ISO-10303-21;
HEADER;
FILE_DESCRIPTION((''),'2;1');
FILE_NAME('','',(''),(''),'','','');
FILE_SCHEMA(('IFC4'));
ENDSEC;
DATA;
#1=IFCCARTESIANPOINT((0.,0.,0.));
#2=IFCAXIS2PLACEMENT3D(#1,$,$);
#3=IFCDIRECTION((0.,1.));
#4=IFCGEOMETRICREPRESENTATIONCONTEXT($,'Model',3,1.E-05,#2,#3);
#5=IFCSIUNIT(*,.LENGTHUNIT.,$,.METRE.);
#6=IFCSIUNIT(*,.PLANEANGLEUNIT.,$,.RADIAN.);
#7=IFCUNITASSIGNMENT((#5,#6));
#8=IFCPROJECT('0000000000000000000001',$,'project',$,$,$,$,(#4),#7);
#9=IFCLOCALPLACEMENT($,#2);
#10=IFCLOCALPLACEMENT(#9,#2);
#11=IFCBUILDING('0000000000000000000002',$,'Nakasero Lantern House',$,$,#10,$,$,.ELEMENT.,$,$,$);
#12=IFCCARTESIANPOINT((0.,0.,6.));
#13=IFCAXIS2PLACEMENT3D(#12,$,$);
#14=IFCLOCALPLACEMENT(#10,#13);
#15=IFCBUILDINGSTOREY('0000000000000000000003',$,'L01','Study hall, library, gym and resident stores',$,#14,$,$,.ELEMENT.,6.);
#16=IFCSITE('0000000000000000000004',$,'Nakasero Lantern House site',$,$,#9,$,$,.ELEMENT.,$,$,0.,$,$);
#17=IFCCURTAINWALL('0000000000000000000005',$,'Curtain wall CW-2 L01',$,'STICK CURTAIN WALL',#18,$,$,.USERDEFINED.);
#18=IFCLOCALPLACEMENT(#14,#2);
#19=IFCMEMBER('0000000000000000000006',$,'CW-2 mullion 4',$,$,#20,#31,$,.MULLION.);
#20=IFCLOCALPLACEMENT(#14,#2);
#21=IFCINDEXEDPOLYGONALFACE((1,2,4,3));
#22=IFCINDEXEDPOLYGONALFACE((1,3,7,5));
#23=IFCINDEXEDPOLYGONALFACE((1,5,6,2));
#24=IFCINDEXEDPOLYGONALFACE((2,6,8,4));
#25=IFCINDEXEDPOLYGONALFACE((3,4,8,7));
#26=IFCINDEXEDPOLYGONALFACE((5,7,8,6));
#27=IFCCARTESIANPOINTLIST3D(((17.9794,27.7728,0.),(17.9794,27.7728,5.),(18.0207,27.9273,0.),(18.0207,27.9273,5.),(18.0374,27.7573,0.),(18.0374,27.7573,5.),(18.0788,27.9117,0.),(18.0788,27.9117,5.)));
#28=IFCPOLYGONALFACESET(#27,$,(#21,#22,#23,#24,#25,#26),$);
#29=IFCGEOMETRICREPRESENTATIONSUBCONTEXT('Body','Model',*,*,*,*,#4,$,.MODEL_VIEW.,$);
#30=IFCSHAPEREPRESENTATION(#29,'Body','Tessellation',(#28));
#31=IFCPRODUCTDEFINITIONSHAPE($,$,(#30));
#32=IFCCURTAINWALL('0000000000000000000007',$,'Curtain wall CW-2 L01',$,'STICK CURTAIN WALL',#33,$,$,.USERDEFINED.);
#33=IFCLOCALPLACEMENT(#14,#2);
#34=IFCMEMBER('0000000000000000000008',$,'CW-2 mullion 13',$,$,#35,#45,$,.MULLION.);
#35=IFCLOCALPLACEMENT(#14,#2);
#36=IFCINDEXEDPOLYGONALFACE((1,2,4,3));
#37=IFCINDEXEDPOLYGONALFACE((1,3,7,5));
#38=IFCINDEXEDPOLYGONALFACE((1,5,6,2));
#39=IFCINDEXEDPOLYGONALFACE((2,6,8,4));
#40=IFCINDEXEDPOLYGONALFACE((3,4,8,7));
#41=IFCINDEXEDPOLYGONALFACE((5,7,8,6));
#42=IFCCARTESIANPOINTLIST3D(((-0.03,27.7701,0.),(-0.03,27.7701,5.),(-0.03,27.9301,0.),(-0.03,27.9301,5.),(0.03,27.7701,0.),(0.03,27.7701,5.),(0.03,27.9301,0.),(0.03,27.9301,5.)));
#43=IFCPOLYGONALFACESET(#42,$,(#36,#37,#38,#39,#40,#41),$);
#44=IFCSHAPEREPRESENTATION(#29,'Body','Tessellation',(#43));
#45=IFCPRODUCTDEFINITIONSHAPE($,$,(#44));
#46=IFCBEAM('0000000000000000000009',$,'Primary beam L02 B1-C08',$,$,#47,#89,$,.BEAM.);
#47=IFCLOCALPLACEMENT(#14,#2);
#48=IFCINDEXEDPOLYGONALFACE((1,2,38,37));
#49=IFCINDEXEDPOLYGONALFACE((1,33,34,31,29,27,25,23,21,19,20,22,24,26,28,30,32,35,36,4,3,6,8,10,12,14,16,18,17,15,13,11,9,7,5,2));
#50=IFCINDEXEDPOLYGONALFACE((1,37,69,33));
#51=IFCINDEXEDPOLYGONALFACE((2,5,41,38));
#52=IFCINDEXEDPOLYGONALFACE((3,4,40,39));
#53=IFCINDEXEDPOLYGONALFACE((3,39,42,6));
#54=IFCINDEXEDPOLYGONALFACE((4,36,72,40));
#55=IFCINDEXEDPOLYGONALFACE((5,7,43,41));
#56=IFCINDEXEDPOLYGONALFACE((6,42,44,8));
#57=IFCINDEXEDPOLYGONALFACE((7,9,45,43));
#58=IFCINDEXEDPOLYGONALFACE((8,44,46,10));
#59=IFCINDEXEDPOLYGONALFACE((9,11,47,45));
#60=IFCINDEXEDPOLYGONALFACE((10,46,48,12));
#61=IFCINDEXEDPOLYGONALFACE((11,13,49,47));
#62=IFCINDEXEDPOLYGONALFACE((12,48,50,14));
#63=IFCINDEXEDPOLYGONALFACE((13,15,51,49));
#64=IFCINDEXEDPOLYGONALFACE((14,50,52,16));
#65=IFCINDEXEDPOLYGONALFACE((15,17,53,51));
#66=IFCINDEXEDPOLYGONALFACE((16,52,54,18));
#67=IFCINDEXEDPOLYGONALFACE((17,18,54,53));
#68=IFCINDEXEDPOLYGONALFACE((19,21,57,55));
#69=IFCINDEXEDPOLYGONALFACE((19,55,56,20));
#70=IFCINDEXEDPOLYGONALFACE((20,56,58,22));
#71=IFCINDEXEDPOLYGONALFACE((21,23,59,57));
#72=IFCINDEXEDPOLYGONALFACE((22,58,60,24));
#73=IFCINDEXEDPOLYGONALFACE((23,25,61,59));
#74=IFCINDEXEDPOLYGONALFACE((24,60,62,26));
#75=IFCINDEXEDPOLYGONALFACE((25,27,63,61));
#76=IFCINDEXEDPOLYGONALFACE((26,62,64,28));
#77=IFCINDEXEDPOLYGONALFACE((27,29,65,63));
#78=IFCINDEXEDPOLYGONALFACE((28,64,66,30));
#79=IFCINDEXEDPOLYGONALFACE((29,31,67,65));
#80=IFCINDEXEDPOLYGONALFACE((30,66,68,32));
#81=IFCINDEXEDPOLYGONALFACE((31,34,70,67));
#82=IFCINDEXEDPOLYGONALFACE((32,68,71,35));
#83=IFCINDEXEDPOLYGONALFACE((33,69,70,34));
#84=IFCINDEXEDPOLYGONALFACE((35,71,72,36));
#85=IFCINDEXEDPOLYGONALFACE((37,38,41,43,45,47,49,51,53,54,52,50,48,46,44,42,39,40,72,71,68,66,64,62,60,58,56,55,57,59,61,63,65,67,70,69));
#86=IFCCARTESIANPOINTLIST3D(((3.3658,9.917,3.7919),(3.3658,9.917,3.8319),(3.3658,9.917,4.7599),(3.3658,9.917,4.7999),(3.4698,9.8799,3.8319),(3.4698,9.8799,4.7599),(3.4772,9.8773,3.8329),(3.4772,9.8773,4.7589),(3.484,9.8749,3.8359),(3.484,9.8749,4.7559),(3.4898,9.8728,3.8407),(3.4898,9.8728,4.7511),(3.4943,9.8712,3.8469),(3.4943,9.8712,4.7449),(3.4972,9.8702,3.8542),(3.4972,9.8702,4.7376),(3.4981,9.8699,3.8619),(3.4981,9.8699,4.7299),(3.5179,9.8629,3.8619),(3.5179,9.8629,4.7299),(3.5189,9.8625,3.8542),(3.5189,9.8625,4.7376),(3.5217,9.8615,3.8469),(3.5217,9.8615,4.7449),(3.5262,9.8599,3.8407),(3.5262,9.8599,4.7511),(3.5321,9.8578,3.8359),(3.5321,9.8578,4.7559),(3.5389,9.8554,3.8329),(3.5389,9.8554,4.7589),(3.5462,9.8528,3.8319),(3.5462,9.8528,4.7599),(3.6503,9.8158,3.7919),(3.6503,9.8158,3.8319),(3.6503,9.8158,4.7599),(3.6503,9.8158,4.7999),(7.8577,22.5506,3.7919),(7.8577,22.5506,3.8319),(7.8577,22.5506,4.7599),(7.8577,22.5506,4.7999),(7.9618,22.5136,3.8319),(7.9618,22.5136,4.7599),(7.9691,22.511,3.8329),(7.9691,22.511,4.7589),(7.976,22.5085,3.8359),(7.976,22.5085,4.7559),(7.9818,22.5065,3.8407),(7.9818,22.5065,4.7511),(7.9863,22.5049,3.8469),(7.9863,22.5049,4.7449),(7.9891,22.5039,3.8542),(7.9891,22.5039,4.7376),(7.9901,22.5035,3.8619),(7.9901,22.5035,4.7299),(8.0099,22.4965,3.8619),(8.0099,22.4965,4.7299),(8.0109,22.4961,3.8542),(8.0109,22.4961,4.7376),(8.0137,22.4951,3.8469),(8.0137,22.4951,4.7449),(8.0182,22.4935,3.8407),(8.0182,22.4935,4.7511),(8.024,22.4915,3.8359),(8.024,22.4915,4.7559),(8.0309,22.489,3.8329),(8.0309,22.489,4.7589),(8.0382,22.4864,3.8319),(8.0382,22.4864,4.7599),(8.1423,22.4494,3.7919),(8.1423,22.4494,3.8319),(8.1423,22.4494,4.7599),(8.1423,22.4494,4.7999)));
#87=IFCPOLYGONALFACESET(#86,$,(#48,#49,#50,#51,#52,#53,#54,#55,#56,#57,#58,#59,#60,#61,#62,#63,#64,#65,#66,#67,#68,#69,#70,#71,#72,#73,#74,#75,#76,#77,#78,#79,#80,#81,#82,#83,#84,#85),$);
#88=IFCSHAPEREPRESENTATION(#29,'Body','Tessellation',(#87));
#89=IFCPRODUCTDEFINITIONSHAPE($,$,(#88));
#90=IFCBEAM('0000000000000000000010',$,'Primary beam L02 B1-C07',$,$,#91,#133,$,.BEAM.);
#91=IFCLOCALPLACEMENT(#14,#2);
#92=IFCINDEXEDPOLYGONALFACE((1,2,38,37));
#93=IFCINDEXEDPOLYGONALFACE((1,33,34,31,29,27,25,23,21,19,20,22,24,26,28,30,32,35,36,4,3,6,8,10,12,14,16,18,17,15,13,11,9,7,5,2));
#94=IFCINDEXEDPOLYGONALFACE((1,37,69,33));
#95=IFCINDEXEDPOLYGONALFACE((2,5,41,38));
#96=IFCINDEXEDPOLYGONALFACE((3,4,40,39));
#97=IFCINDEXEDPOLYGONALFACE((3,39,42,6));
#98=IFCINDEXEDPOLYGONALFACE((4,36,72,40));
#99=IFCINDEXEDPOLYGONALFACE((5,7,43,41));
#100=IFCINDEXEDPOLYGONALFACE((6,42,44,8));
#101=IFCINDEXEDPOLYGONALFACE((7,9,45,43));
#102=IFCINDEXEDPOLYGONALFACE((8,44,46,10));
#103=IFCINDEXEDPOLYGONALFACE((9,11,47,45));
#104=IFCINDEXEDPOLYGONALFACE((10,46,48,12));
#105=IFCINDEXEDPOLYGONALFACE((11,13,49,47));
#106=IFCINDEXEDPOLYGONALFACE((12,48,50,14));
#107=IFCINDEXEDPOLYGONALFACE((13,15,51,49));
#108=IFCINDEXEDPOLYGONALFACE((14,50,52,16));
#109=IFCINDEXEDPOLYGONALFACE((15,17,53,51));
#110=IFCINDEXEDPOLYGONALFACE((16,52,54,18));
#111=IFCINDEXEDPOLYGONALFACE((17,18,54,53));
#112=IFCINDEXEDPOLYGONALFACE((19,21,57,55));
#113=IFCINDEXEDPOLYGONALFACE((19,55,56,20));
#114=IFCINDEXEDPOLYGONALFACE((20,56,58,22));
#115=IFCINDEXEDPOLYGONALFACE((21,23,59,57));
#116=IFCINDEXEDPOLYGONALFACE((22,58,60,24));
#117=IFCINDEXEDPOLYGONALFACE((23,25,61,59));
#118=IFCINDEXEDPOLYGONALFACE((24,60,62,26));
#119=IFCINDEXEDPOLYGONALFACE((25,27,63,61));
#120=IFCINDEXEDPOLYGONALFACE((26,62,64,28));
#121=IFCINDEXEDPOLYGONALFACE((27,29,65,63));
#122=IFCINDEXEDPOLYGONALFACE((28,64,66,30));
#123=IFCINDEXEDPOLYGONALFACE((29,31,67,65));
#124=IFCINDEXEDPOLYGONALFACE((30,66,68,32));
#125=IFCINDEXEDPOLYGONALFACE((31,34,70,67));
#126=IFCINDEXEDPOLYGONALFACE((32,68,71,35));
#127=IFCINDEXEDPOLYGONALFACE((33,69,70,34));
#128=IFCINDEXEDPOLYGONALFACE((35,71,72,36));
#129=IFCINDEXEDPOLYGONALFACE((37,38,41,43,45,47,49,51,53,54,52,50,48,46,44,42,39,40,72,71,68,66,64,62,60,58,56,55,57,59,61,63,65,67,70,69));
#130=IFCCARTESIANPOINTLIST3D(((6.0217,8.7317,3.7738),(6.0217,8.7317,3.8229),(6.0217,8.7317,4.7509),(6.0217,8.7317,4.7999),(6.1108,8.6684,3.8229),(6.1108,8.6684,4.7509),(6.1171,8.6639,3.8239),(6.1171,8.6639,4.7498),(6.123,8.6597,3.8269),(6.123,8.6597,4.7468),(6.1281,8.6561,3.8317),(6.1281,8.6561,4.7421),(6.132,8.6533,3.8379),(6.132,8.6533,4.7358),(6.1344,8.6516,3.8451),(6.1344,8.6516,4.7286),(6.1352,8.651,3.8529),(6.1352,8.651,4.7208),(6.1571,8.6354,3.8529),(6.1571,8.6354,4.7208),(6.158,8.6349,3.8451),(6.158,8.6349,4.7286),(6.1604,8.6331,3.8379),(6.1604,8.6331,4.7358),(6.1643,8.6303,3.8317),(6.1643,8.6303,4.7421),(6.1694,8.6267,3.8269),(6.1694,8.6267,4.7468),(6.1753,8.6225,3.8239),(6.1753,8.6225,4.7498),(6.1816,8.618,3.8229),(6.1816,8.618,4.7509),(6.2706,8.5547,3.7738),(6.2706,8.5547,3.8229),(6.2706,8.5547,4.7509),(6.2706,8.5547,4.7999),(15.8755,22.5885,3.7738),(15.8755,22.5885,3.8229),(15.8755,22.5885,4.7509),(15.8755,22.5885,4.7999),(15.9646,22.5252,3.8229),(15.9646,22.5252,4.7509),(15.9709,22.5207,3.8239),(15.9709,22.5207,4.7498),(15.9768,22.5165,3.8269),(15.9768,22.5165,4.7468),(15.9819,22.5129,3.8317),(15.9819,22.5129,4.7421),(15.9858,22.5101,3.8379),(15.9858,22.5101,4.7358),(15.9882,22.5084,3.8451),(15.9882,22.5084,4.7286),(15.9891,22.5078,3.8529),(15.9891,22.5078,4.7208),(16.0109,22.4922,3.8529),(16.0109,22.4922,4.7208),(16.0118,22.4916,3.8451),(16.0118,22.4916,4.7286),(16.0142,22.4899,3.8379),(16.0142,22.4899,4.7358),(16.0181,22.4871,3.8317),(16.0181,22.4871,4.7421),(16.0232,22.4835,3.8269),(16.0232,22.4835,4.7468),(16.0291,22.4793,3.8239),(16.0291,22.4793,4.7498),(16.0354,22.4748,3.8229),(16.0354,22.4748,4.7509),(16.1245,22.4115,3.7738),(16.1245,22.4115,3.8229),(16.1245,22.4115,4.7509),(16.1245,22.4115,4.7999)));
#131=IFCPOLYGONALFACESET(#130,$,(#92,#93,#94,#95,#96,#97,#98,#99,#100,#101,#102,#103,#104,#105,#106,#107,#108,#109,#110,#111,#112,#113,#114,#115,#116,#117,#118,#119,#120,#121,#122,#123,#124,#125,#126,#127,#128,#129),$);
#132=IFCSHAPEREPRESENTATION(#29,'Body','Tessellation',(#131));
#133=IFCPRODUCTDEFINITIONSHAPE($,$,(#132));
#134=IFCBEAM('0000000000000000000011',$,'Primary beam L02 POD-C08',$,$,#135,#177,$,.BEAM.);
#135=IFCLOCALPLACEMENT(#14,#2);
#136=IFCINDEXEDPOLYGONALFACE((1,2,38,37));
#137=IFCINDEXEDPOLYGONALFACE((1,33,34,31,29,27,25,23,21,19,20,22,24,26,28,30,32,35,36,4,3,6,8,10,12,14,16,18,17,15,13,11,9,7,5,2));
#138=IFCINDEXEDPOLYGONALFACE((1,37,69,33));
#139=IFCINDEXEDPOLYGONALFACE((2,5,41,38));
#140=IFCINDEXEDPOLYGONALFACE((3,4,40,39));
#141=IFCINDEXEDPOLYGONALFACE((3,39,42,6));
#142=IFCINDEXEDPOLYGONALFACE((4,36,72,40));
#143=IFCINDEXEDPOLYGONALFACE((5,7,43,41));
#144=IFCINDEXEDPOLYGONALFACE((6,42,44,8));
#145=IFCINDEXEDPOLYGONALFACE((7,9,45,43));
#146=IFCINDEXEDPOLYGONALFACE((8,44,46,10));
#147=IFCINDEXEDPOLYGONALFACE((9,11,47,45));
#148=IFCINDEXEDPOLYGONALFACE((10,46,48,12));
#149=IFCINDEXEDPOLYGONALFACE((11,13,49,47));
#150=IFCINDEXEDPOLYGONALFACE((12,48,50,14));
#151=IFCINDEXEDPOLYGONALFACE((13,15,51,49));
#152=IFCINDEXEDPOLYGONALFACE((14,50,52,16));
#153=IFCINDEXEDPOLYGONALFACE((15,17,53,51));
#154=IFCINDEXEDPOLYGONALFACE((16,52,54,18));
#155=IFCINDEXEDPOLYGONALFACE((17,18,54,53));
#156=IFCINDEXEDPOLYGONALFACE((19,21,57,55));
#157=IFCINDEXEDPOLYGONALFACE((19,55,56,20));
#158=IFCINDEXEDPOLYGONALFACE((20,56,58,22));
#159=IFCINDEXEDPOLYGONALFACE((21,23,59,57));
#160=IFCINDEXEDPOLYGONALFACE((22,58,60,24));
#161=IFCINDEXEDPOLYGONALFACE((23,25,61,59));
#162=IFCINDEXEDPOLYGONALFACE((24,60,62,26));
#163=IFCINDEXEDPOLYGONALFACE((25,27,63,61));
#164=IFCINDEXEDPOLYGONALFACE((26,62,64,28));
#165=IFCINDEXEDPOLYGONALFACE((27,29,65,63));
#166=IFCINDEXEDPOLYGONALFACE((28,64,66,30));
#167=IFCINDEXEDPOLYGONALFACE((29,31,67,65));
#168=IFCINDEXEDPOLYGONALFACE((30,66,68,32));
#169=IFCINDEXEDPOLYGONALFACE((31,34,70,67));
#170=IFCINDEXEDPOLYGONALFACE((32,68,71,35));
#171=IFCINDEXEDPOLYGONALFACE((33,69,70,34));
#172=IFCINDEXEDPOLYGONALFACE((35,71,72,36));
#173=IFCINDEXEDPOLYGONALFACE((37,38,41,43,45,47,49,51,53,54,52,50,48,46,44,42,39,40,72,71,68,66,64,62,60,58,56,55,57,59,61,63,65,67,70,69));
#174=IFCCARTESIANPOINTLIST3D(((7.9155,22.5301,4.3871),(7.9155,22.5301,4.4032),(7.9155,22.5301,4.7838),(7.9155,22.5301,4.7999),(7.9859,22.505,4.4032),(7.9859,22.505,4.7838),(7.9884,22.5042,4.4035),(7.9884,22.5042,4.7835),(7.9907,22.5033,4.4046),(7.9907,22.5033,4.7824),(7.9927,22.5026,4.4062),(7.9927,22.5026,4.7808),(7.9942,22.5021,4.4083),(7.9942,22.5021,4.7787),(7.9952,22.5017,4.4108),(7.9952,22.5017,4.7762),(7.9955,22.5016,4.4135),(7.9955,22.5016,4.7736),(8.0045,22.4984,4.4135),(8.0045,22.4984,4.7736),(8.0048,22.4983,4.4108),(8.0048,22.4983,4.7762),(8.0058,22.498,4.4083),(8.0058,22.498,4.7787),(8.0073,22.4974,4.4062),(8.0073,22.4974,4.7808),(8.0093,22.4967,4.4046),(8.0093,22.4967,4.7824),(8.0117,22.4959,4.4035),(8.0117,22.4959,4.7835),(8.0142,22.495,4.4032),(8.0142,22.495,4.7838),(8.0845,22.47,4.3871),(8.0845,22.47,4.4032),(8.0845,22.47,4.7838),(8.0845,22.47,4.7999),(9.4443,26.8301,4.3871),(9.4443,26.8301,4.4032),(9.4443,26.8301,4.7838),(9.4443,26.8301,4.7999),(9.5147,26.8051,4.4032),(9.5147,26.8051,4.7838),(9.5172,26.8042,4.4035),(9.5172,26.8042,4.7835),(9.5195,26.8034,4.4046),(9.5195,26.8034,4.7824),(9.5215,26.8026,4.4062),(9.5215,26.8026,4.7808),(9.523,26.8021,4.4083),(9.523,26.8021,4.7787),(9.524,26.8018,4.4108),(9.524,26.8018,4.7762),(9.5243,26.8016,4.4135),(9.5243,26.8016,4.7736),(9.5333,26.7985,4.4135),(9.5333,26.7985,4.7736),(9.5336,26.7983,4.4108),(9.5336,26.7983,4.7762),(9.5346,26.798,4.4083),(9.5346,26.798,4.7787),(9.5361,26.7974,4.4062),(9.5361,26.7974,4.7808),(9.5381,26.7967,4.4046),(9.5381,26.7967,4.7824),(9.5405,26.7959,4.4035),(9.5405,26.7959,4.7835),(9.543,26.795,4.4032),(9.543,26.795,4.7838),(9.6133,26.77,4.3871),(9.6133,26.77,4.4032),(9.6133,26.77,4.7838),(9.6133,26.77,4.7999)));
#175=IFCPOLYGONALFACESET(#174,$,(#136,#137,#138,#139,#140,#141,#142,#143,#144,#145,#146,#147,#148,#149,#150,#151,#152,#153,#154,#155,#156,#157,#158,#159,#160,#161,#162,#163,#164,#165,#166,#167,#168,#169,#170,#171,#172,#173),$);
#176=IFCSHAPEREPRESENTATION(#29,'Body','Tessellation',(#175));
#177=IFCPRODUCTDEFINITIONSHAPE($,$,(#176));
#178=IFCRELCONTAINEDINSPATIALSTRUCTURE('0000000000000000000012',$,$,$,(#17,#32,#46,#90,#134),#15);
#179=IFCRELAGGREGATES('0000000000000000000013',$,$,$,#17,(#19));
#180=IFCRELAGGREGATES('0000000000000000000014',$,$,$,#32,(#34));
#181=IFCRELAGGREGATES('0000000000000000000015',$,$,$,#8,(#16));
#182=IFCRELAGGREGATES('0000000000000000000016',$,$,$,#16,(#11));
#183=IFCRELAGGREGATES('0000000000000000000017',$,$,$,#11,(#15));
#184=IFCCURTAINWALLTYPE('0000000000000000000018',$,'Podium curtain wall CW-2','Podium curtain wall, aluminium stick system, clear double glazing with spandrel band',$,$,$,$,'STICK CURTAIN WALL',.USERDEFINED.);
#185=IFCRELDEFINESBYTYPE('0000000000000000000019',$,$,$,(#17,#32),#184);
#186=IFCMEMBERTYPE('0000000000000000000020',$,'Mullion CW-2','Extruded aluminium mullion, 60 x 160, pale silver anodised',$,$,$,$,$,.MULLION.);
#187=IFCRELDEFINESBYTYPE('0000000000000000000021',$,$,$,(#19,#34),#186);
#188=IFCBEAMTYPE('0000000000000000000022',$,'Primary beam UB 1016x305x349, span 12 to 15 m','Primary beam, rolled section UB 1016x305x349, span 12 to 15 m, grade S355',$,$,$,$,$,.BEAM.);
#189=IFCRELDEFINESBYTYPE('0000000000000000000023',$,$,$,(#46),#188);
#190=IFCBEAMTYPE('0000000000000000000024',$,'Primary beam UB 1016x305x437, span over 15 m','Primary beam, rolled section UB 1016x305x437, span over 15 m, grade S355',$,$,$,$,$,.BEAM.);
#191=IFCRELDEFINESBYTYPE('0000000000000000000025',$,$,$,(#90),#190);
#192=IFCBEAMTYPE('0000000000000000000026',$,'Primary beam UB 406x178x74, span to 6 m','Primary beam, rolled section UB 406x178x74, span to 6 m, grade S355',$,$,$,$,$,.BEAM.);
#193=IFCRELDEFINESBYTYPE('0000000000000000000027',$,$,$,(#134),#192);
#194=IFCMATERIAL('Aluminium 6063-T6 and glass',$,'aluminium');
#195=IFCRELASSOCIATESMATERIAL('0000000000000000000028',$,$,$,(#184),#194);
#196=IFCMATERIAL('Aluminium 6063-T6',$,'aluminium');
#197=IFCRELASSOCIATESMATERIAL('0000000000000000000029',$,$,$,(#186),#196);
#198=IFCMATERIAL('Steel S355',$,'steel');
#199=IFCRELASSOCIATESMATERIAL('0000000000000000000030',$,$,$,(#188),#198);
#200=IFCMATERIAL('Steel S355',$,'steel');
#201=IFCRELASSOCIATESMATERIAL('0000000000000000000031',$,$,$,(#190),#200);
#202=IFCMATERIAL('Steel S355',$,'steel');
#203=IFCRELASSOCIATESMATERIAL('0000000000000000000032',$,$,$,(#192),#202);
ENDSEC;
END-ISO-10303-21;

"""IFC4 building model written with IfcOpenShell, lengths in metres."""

from ifc_helpers import new_model, si_unit, direction, frame, origin, origin_2d, place, context, subcontext, project, spatial, rectangle, i_section, extrude, material, material_profile, profile_set, type_object, element, aggregate, save


model = new_model("IFC4")

# Units and contexts
model_context = context("Model", 3, precision=1e-05, world=origin(), true_north=direction((0.0, 1.0)))
body_context = subcontext(model_context, "Body", "Model", "MODEL_VIEW")
ifc_project = project(units=[si_unit("LENGTHUNIT", "METRE"), si_unit("PLANEANGLEUNIT", "RADIAN")], contexts=[model_context])

# Site, building, storey
site_placement = place(None, origin())
site = spatial("IfcSite", under=ifc_project, at=site_placement, Name="Nakasero Lantern House site", CompositionType="ELEMENT", RefElevation=0.0)
building_placement = place(site_placement, origin())
building = spatial("IfcBuilding", under=site, at=building_placement, Name="Nakasero Lantern House", CompositionType="ELEMENT")
storey_placement = place(building_placement, frame((0.0, 0.0, 6.0)))
storey = spatial("IfcBuildingStorey", under=building, at=storey_placement, Name="L01", Description="Study hall, library, gym and resident stores", CompositionType="ELEMENT", Elevation=6.0)

# Curtain walls, members
ifc_material_1 = material(Name="Aluminium 6063-T6 and glass", Category="aluminium")
curtain_wall_type = type_object("IfcCurtainWallType", Name="Podium curtain wall CW-2", Description="Podium curtain wall, aluminium stick system, clear double glazing with spandrel band", ElementType="STICK CURTAIN WALL", PredefinedType="USERDEFINED", material=ifc_material_1)
curtain_wall_1_placement = place(storey_placement, origin())
curtain_wall_1 = element("IfcCurtainWall", 1, at=curtain_wall_1_placement, inside=storey, type_object=curtain_wall_type, Name="Curtain wall CW-2 L01", ObjectType="STICK CURTAIN WALL", PredefinedType="USERDEFINED")
ifc_material_2 = material(Name="Aluminium 6063-T6", Category="aluminium")
ifc_material_profile_1 = material_profile(ifc_material_2, rectangle(XDim=0.0601, YDim=0.1599, at=origin_2d()), Name="CW-2 mullion 60x160")
ifc_profile_set_1 = profile_set([ifc_material_profile_1], Name="Aluminium 6063-T6")
member_type_1 = type_object("IfcMemberType", Name="Mullion CW-2", Description="Extruded aluminium mullion, 60 x 160, pale silver anodised", PredefinedType="MULLION", material=ifc_profile_set_1)
member_1_placement = place(storey_placement, frame((18.0291, 27.8423, 0.0), z_axis=(0.0, 0.0, 1.0), x_axis=(-0.965926, 0.258819, 0.0)))
member_1 = element("IfcMember", 2, at=member_1_placement, type_object=member_type_1, Name="CW-2 mullion 4", PredefinedType="MULLION", context=body_context, shape_type="SweptSolid", body=[
    extrude(rectangle(XDim=0.0601, YDim=0.1599, at=origin_2d()), origin(), (0.0, 0.0, 1.0), 5.0),
])
curtain_wall_2_placement = place(storey_placement, origin())
curtain_wall_2 = element("IfcCurtainWall", 3, at=curtain_wall_2_placement, inside=storey, type_object=curtain_wall_type, Name="Curtain wall CW-2 L01", ObjectType="STICK CURTAIN WALL", PredefinedType="USERDEFINED")
member_2_placement = place(storey_placement, frame((0.0, 27.8501, 0.0), z_axis=(0.0, 0.0, 1.0), x_axis=(-1.0, 0.0, 0.0)))
member_2 = element("IfcMember", 4, at=member_2_placement, type_object=member_type_1, Name="CW-2 mullion 13", PredefinedType="MULLION", context=body_context, shape_type="SweptSolid", body=[
    extrude(rectangle(XDim=0.0601, YDim=0.1599, at=origin_2d()), origin(), (0.0, 0.0, 1.0), 5.0),
])

# Beams
ifc_material_3 = material(Name="Steel S355", Category="steel")
ifc_material_profile_2 = material_profile(ifc_material_3, i_section(OverallWidth=0.302, OverallDepth=1.0081, WebThickness=0.021, FlangeThickness=0.04, FilletRadius=0.03, at=origin_2d()), Name="UB 1016x305x349")
ifc_profile_set_2 = profile_set([ifc_material_profile_2], Name="Steel S355")
beam_type_1 = type_object("IfcBeamType", Name="Primary beam UB 1016x305x349, span 12 to 15 m", Description="Primary beam, rolled section UB 1016x305x349, span 12 to 15 m, grade S355", PredefinedType="BEAM", material=ifc_profile_set_2)
beam_1_placement = place(storey_placement, frame((8.0, 22.5, 4.2959), z_axis=(-0.335011, -0.942214, 0.0), x_axis=(0.942214, -0.335011, 0.0)))
element("IfcBeam", 5, at=beam_1_placement, inside=storey, type_object=beam_type_1, Name="Primary beam L02 B1-C08", PredefinedType="BEAM", context=body_context, shape_type="SweptSolid", body=[
    extrude(i_section(OverallWidth=0.302, OverallDepth=1.0081, WebThickness=0.021, FlangeThickness=0.04, FilletRadius=0.03, at=origin_2d()), origin(), (0.0, 0.0, 1.0), 13.4084),
])
ifc_material_4 = material(Name="Steel S355", Category="steel")
ifc_material_profile_3 = material_profile(ifc_material_4, i_section(OverallWidth=0.3054, OverallDepth=1.0261, WebThickness=0.0269, FlangeThickness=0.0491, FilletRadius=0.03, at=origin_2d()), Name="UB 1016x305x437")
ifc_profile_set_3 = profile_set([ifc_material_profile_3], Name="Steel S355")
beam_type_2 = type_object("IfcBeamType", Name="Primary beam UB 1016x305x437, span over 15 m", Description="Primary beam, rolled section UB 1016x305x437, span over 15 m, grade S355", PredefinedType="BEAM", material=ifc_profile_set_3)
beam_2_placement = place(storey_placement, frame((16.0, 22.5, 4.2869), z_axis=(-0.579528, -0.814952, 0.0), x_axis=(0.814952, -0.579528, 0.0)))
element("IfcBeam", 6, at=beam_2_placement, inside=storey, type_object=beam_type_2, Name="Primary beam L02 B1-C07", PredefinedType="BEAM", context=body_context, shape_type="SweptSolid", body=[
    extrude(i_section(OverallWidth=0.3054, OverallDepth=1.0261, WebThickness=0.0269, FlangeThickness=0.0491, FilletRadius=0.03, at=origin_2d()), origin(), (0.0, 0.0, 1.0), 17.0032),
])
ifc_material_5 = material(Name="Steel S355", Category="steel")
ifc_material_profile_4 = material_profile(ifc_material_5, i_section(OverallWidth=0.1794, OverallDepth=0.4128, WebThickness=0.0095, FlangeThickness=0.0161, FilletRadius=0.0103, at=origin_2d()), Name="UB 406x178x74")
ifc_profile_set_4 = profile_set([ifc_material_profile_4], Name="Steel S355")
beam_type_3 = type_object("IfcBeamType", Name="Primary beam UB 406x178x74, span to 6 m", Description="Primary beam, rolled section UB 406x178x74, span to 6 m, grade S355", PredefinedType="BEAM", material=ifc_profile_set_4)
beam_3_placement = place(storey_placement, frame((9.5288, 26.8, 4.5935), z_axis=(-0.334991, -0.942221, 0.0), x_axis=(0.942221, -0.334991, 0.0)))
element("IfcBeam", 7, at=beam_3_placement, inside=storey, type_object=beam_type_3, Name="Primary beam L02 POD-C08", PredefinedType="BEAM", context=body_context, shape_type="SweptSolid", body=[
    extrude(i_section(OverallWidth=0.1794, OverallDepth=0.4128, WebThickness=0.0095, FlangeThickness=0.0161, FilletRadius=0.0103, at=origin_2d()), origin(), (0.0, 0.0, 1.0), 4.5637),
])

aggregate(curtain_wall_1, [member_1])
aggregate(curtain_wall_2, [member_2])

save(model, "model.ifc")
